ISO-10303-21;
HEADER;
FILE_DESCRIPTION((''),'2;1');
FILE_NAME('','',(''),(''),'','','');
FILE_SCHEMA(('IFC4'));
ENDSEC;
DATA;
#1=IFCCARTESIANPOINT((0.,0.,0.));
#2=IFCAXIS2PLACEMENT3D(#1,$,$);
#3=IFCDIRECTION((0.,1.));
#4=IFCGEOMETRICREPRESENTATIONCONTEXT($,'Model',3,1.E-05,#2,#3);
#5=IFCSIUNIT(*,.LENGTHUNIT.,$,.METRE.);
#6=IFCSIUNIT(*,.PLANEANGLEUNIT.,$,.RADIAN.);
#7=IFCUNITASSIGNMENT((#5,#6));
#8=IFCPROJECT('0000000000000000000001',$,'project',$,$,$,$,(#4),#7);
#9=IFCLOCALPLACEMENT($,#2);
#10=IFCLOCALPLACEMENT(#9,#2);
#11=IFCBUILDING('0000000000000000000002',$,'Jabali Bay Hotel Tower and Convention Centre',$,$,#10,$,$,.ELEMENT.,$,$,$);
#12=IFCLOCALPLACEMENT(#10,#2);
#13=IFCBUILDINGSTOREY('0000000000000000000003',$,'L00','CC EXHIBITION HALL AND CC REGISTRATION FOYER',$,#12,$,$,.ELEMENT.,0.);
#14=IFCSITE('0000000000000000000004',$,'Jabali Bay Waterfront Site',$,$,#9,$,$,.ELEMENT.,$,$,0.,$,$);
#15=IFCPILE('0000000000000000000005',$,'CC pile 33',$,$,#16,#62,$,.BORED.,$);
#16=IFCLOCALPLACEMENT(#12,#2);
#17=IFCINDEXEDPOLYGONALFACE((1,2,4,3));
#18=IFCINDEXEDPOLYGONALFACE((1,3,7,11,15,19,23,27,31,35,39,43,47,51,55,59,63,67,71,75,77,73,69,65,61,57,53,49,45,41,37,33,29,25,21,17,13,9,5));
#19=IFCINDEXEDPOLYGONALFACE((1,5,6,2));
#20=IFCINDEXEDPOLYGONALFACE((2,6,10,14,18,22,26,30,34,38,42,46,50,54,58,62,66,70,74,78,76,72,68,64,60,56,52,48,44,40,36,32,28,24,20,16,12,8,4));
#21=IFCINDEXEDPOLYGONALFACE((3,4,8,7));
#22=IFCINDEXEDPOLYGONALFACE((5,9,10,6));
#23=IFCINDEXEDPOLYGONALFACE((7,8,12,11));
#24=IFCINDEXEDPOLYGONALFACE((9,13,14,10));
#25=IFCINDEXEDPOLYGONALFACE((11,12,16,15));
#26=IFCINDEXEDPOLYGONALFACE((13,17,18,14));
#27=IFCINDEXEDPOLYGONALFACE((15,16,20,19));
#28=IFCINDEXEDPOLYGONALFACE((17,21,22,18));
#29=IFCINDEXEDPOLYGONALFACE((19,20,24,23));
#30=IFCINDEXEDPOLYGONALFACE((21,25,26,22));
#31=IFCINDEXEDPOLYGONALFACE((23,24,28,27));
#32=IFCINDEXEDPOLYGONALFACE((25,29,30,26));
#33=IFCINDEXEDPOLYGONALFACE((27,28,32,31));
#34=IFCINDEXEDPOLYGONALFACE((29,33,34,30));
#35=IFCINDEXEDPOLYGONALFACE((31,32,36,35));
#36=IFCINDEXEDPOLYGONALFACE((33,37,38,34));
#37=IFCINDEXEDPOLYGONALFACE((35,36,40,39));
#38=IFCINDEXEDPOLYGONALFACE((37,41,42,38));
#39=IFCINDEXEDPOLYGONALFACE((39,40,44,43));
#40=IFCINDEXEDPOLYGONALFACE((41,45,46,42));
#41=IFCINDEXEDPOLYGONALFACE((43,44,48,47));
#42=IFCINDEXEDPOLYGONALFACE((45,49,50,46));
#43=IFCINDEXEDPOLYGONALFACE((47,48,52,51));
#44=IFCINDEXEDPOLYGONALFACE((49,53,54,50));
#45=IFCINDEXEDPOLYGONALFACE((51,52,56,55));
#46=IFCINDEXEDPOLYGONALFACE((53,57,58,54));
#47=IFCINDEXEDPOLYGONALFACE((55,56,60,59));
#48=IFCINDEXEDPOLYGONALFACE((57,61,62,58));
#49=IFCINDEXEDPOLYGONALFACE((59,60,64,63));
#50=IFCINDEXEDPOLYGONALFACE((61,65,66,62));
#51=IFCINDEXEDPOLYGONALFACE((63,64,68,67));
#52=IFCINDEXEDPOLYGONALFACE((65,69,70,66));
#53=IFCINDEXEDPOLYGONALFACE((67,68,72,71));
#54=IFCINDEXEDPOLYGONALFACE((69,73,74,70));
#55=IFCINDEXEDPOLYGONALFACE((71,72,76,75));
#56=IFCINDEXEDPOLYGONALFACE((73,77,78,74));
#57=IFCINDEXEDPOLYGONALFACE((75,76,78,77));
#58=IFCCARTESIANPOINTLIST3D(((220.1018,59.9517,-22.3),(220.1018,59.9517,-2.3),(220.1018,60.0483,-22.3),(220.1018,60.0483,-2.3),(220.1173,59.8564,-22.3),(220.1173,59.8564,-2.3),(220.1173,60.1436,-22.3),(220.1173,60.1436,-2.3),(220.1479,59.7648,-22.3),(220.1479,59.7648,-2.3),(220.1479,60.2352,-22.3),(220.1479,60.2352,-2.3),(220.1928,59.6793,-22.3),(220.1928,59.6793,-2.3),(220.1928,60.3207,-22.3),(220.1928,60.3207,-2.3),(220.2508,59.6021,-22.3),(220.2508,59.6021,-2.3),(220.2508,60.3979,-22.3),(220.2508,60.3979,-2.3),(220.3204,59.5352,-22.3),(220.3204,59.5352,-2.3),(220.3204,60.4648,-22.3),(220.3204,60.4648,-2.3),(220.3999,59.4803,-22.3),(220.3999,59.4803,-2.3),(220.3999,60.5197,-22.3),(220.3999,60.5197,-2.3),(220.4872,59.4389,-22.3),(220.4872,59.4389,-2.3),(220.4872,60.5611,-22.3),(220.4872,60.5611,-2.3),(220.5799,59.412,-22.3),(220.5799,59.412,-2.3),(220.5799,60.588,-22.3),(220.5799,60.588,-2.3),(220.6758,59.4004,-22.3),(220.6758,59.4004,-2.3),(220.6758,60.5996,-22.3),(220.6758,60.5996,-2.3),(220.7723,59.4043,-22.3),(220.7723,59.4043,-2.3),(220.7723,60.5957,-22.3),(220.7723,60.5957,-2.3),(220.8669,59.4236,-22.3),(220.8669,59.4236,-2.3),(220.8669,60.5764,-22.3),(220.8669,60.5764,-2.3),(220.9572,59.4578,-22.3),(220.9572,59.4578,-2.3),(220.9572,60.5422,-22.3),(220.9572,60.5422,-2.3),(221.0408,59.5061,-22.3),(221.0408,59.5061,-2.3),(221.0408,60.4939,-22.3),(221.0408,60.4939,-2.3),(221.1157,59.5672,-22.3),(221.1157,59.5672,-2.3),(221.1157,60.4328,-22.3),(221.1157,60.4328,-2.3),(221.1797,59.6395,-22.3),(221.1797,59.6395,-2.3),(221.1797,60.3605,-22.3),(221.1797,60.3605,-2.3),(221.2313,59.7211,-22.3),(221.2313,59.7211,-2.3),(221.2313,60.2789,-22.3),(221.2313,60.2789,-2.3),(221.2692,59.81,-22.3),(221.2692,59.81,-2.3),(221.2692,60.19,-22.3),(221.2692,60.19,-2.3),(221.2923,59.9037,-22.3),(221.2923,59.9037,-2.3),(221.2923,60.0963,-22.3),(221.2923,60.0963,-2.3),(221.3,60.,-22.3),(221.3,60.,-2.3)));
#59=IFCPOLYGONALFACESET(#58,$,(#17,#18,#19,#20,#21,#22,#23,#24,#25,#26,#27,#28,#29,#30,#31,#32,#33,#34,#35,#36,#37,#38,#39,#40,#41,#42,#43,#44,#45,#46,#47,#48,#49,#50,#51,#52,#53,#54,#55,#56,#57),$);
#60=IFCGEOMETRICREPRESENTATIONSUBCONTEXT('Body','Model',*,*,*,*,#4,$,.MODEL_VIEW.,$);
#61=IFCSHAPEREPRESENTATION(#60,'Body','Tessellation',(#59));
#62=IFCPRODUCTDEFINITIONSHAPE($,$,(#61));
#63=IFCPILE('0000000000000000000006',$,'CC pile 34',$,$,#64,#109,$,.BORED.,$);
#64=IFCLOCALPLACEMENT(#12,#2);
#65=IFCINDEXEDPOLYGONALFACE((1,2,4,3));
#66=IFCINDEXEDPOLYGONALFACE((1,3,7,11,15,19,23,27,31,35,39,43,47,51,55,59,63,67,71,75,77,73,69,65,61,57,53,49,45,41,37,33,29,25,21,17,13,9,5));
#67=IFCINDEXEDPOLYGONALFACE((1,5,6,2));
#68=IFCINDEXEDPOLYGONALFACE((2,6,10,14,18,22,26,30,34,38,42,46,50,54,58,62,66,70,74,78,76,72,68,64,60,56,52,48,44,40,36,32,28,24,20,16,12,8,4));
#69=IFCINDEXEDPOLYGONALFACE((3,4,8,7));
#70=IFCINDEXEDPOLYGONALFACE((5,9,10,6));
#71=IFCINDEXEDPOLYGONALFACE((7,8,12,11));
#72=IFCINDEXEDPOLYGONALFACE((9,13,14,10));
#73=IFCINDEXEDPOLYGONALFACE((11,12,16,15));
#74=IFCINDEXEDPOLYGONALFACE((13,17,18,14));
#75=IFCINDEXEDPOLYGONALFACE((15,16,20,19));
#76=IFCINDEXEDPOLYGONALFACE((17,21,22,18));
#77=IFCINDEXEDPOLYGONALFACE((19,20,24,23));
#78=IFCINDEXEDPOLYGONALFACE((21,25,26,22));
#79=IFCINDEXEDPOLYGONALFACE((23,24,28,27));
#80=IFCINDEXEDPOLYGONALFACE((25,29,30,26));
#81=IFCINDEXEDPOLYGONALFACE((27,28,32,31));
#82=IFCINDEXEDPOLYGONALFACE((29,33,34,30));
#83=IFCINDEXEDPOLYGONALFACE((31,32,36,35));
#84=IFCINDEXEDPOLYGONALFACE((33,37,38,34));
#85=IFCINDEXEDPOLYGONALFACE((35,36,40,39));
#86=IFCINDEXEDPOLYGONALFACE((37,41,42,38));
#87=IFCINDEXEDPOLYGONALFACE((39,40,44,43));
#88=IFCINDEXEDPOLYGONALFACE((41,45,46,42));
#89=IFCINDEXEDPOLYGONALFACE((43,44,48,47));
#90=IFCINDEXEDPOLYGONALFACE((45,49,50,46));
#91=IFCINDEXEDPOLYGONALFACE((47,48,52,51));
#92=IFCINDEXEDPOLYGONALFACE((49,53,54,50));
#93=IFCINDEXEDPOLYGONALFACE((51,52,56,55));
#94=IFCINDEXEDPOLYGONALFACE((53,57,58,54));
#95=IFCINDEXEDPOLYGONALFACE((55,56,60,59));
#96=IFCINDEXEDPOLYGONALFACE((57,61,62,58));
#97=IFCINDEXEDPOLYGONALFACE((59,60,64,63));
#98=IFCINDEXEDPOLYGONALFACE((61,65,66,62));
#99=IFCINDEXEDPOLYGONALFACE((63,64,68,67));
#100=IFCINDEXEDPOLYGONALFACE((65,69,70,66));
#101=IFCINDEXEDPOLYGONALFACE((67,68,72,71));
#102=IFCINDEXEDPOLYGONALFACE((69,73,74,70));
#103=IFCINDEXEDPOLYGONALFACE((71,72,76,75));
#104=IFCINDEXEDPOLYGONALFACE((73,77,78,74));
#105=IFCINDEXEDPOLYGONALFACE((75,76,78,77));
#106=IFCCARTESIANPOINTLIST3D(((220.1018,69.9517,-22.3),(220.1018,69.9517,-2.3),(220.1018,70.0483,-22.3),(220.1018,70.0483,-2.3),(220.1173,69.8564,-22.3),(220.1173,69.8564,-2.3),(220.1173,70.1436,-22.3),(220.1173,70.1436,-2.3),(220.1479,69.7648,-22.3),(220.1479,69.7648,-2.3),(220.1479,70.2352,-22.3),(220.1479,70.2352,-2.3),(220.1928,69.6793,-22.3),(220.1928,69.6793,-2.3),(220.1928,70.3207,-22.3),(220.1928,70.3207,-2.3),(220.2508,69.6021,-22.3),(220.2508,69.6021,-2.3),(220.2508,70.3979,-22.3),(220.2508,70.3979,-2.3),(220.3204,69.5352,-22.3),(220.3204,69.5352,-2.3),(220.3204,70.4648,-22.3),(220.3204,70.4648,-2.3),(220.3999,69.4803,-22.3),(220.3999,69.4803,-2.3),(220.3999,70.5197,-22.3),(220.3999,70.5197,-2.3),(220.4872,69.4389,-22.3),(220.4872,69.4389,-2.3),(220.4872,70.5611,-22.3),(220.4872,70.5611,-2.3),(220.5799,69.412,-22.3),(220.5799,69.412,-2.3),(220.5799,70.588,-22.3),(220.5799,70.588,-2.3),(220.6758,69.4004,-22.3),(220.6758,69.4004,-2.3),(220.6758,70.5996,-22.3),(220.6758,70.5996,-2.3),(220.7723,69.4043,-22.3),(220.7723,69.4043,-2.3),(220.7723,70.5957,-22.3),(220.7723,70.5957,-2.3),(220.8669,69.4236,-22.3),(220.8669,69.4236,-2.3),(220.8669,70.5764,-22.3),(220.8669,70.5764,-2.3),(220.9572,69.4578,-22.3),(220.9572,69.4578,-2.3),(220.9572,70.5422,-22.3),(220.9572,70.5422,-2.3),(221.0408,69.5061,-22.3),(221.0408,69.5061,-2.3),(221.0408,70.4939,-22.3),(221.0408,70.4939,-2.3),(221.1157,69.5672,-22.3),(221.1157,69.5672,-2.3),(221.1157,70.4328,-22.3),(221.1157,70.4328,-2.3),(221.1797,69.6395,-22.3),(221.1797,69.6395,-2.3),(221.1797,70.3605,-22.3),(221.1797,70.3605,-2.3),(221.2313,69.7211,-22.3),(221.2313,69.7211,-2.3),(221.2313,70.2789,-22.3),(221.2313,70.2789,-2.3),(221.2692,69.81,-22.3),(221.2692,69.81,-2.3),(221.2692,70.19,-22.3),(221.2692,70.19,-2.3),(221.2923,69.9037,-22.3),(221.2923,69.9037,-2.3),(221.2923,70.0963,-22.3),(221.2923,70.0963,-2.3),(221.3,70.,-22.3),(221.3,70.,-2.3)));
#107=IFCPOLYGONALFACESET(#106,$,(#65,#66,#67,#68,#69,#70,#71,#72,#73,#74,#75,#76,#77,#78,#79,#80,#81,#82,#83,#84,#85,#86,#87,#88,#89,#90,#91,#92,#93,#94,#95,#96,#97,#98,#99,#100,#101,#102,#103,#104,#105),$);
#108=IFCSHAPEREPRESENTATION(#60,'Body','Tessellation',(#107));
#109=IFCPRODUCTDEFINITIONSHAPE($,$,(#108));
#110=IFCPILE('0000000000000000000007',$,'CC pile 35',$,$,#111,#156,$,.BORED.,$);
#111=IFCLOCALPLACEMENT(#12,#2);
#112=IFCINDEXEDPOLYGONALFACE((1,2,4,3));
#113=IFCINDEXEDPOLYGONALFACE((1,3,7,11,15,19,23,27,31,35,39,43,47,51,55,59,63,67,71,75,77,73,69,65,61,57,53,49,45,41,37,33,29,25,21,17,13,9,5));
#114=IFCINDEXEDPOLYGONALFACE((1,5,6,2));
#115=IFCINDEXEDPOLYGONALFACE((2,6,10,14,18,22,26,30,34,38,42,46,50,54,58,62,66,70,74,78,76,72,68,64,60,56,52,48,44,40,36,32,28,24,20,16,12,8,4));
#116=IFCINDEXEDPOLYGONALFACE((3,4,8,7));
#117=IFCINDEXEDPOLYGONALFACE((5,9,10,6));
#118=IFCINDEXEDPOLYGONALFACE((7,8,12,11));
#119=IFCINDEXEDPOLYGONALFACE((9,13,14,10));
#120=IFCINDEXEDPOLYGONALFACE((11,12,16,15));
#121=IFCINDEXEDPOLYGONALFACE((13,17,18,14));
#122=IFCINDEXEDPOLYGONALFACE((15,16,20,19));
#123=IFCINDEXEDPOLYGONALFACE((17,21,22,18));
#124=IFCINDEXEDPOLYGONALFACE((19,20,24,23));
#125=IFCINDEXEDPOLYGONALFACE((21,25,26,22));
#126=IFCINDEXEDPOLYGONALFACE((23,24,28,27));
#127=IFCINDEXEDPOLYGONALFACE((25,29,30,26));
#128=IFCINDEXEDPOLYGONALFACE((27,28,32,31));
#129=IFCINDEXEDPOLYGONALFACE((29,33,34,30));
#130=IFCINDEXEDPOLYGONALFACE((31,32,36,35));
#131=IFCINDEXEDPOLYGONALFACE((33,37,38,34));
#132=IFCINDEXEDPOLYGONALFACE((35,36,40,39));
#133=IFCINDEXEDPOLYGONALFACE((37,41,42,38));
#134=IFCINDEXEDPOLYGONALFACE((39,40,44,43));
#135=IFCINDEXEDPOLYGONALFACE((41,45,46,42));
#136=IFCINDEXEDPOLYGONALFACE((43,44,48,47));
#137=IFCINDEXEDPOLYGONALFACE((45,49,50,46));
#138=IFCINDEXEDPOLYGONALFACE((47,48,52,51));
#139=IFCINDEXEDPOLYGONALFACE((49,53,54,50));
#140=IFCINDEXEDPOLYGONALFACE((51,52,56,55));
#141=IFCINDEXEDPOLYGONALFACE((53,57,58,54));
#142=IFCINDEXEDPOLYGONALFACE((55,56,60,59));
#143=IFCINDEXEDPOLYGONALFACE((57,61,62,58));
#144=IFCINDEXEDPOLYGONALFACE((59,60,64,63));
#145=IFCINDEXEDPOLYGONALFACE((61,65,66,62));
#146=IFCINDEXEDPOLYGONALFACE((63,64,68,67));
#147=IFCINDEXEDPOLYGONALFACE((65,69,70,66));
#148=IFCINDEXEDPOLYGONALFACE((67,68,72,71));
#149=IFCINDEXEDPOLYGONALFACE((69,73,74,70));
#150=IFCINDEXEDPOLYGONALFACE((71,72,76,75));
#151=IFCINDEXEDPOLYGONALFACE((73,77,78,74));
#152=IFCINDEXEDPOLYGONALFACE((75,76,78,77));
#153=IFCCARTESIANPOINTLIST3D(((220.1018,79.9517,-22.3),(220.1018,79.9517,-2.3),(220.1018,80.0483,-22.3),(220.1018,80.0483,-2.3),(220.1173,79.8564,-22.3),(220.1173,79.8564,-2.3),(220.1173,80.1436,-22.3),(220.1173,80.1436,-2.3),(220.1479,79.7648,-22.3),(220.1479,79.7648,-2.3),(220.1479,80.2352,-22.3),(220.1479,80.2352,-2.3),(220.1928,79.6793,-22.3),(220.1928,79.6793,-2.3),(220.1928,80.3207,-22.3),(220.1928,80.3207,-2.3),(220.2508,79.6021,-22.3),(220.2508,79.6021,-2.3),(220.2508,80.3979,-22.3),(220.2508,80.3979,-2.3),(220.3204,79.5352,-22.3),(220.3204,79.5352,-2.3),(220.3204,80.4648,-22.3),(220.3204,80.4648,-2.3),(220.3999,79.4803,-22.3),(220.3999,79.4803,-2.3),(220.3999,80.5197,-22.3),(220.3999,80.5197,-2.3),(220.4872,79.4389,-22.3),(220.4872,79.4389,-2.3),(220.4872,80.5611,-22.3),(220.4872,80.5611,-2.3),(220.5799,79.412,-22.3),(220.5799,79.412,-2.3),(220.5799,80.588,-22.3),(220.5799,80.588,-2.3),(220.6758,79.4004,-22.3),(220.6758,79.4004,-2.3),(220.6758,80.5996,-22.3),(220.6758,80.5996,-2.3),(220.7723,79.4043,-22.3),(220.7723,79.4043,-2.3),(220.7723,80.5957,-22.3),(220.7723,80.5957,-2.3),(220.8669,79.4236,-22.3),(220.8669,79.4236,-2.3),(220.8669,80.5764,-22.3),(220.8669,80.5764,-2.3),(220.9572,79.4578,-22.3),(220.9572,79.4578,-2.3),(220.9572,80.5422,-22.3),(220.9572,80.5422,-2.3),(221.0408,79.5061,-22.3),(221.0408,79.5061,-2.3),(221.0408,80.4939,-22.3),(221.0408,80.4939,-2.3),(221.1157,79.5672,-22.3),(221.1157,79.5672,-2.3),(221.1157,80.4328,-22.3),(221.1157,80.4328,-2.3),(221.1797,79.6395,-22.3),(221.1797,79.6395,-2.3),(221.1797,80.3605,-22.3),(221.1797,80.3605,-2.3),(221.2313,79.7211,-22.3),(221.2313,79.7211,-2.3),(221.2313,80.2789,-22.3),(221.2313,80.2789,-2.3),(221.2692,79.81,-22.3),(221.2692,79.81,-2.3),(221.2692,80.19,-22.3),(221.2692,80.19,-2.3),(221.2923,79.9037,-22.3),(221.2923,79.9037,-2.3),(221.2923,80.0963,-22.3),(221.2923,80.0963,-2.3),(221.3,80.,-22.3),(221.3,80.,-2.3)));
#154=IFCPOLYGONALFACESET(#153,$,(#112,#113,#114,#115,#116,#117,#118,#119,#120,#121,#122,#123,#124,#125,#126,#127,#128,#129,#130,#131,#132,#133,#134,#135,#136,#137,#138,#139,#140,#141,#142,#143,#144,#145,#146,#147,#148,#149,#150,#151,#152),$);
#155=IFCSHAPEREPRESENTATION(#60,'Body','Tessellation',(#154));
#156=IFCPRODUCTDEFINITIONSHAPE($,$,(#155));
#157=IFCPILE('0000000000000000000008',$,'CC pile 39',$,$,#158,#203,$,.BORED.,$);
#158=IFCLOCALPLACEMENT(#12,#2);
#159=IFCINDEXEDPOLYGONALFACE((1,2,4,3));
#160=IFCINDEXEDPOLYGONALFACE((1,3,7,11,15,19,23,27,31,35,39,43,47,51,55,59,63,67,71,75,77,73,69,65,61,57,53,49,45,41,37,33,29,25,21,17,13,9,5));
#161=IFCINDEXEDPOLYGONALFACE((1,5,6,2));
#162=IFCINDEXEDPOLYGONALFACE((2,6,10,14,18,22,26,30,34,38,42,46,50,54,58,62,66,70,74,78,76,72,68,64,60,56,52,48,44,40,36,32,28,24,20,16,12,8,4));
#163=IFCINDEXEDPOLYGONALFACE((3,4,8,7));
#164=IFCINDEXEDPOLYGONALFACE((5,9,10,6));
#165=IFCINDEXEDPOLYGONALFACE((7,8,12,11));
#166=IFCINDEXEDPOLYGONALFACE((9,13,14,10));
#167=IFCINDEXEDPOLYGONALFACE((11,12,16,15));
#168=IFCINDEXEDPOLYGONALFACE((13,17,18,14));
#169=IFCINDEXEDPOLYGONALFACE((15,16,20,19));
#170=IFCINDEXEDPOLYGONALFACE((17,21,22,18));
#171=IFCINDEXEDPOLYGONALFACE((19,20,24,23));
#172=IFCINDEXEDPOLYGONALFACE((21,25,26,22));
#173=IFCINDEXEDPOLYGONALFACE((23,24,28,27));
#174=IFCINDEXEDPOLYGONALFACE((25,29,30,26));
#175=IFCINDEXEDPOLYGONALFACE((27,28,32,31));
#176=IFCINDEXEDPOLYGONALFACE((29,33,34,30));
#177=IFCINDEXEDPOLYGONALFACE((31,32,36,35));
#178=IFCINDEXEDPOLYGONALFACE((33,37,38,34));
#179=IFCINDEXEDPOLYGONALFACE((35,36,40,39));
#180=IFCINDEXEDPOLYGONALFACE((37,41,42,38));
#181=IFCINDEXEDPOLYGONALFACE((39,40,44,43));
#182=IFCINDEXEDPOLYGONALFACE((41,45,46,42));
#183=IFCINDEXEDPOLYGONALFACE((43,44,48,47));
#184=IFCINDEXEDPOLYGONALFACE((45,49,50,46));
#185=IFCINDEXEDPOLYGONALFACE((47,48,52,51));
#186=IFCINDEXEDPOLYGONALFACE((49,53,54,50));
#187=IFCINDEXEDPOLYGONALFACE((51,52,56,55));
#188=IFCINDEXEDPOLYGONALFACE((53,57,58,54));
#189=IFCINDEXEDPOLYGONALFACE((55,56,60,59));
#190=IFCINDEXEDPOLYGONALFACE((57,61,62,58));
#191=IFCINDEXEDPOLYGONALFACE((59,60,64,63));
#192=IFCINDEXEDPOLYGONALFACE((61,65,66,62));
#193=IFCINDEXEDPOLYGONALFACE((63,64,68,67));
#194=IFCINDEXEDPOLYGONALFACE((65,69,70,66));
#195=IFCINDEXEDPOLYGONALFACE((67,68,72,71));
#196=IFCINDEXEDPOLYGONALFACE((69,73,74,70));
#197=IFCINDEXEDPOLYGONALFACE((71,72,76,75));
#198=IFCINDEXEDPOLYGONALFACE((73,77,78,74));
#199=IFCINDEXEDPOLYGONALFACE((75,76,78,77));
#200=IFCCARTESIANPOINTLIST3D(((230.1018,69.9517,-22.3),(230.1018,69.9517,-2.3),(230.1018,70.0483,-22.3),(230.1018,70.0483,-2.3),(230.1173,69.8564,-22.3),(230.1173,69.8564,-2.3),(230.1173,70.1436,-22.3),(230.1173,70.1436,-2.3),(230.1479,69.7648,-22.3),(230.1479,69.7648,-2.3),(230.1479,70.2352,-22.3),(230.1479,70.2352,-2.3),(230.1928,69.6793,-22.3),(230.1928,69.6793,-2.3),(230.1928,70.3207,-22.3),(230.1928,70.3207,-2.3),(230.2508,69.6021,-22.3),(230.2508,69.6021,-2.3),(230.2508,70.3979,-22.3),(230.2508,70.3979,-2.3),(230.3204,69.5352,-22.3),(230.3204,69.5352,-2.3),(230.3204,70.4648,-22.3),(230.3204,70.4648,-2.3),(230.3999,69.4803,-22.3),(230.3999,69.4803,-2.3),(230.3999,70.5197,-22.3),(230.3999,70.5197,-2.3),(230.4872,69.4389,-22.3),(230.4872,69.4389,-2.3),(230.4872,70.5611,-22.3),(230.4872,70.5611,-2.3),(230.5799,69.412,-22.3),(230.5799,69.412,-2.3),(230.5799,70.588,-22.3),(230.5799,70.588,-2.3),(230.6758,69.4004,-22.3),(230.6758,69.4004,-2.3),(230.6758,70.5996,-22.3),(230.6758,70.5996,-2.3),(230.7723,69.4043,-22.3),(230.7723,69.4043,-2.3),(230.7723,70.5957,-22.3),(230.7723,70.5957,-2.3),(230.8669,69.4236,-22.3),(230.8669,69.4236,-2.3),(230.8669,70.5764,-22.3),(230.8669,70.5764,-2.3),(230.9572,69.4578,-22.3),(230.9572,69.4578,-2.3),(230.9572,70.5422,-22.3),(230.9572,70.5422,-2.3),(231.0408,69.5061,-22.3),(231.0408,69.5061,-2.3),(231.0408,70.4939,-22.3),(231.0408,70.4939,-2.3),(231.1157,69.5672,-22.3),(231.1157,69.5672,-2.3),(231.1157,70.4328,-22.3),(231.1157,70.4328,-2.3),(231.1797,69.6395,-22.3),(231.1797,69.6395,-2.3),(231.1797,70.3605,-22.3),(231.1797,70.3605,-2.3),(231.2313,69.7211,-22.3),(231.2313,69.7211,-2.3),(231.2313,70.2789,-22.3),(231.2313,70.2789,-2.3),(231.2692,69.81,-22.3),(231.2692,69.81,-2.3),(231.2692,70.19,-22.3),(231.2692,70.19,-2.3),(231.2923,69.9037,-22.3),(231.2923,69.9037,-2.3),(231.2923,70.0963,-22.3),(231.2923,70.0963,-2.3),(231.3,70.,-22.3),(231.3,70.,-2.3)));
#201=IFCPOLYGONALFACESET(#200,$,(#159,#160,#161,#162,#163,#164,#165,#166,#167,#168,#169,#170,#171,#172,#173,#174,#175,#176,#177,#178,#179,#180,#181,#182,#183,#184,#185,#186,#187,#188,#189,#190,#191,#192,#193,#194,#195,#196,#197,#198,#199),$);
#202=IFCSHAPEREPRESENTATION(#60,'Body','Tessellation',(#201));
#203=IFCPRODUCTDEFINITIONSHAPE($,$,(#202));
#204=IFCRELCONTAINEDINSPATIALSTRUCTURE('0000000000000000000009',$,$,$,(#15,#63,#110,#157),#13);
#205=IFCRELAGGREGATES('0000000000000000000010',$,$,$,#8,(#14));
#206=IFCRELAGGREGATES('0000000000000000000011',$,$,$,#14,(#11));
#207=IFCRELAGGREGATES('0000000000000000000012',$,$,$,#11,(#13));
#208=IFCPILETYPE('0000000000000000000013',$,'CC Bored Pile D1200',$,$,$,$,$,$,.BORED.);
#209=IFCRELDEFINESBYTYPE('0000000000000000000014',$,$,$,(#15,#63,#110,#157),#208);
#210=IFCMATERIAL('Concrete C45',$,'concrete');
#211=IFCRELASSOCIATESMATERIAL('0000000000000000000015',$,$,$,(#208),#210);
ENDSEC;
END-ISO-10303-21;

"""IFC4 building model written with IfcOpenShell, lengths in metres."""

from ifc_helpers import new_model, si_unit, direction, frame, origin, origin_2d, place, context, subcontext, project, spatial, circle, extrude, material, material_profile, profile_set, type_object, element, save


model = new_model("IFC4")

# Units and contexts
model_context = context("Model", 3, precision=1e-05, world=origin(), true_north=direction((0.0, 1.0)))
body_context = subcontext(model_context, "Body", "Model", "MODEL_VIEW")
ifc_project = project(units=[si_unit("LENGTHUNIT", "METRE"), si_unit("PLANEANGLEUNIT", "RADIAN")], contexts=[model_context])

# Site, building, storey
site_placement = place(None, origin())
site = spatial("IfcSite", under=ifc_project, at=site_placement, Name="Jabali Bay Waterfront Site", CompositionType="ELEMENT", RefElevation=0.0)
building_placement = place(site_placement, origin())
building = spatial("IfcBuilding", under=site, at=building_placement, Name="Jabali Bay Hotel Tower and Convention Centre", CompositionType="ELEMENT")
storey_placement = place(building_placement, origin())
storey = spatial("IfcBuildingStorey", under=building, at=storey_placement, Name="L00", Description="CC EXHIBITION HALL AND CC REGISTRATION FOYER", CompositionType="ELEMENT", Elevation=0.0)

# Piles
ifc_material_1 = material(Name="Concrete C45", Category="concrete")
ifc_material_profile_1 = material_profile(ifc_material_1, circle(Radius=0.6001, at=origin_2d()), Name="D1200")
ifc_profile_set_1 = profile_set([ifc_material_profile_1], Name="Concrete C45")
pile_type = type_object("IfcPileType", Name="CC Bored Pile D1200", PredefinedType="BORED", material=ifc_profile_set_1)
for number, where, z_axis, x_axis, name in (
    (1, (220.7, 60.0, -2.3), (0.0, 0.0, -1.0), (1.0, 0.0, 0.0), "CC pile 33"),
    (2, (220.7, 70.0, -2.3), (0.0, 0.0, -1.0), (1.0, 0.0, 0.0), "CC pile 34"),
    (3, (220.7, 80.0, -2.3), (0.0, 0.0, -1.0), (1.0, 0.0, 0.0), "CC pile 35"),
    (4, (230.7, 70.0, -2.3), (0.0, 0.0, -1.0), (1.0, 0.0, 0.0), "CC pile 39"),
):
    element("IfcPile", number, at=place(storey_placement, frame(where, z_axis=z_axis, x_axis=x_axis)), inside=storey, type_object=pile_type, Name=name, PredefinedType="BORED", context=body_context, shape_type="SweptSolid", body=[
        extrude(circle(Radius=0.6001, at=origin_2d()), origin(), (0.0, 0.0, 1.0), 20.0),
    ])

save(model, "model.ifc")
